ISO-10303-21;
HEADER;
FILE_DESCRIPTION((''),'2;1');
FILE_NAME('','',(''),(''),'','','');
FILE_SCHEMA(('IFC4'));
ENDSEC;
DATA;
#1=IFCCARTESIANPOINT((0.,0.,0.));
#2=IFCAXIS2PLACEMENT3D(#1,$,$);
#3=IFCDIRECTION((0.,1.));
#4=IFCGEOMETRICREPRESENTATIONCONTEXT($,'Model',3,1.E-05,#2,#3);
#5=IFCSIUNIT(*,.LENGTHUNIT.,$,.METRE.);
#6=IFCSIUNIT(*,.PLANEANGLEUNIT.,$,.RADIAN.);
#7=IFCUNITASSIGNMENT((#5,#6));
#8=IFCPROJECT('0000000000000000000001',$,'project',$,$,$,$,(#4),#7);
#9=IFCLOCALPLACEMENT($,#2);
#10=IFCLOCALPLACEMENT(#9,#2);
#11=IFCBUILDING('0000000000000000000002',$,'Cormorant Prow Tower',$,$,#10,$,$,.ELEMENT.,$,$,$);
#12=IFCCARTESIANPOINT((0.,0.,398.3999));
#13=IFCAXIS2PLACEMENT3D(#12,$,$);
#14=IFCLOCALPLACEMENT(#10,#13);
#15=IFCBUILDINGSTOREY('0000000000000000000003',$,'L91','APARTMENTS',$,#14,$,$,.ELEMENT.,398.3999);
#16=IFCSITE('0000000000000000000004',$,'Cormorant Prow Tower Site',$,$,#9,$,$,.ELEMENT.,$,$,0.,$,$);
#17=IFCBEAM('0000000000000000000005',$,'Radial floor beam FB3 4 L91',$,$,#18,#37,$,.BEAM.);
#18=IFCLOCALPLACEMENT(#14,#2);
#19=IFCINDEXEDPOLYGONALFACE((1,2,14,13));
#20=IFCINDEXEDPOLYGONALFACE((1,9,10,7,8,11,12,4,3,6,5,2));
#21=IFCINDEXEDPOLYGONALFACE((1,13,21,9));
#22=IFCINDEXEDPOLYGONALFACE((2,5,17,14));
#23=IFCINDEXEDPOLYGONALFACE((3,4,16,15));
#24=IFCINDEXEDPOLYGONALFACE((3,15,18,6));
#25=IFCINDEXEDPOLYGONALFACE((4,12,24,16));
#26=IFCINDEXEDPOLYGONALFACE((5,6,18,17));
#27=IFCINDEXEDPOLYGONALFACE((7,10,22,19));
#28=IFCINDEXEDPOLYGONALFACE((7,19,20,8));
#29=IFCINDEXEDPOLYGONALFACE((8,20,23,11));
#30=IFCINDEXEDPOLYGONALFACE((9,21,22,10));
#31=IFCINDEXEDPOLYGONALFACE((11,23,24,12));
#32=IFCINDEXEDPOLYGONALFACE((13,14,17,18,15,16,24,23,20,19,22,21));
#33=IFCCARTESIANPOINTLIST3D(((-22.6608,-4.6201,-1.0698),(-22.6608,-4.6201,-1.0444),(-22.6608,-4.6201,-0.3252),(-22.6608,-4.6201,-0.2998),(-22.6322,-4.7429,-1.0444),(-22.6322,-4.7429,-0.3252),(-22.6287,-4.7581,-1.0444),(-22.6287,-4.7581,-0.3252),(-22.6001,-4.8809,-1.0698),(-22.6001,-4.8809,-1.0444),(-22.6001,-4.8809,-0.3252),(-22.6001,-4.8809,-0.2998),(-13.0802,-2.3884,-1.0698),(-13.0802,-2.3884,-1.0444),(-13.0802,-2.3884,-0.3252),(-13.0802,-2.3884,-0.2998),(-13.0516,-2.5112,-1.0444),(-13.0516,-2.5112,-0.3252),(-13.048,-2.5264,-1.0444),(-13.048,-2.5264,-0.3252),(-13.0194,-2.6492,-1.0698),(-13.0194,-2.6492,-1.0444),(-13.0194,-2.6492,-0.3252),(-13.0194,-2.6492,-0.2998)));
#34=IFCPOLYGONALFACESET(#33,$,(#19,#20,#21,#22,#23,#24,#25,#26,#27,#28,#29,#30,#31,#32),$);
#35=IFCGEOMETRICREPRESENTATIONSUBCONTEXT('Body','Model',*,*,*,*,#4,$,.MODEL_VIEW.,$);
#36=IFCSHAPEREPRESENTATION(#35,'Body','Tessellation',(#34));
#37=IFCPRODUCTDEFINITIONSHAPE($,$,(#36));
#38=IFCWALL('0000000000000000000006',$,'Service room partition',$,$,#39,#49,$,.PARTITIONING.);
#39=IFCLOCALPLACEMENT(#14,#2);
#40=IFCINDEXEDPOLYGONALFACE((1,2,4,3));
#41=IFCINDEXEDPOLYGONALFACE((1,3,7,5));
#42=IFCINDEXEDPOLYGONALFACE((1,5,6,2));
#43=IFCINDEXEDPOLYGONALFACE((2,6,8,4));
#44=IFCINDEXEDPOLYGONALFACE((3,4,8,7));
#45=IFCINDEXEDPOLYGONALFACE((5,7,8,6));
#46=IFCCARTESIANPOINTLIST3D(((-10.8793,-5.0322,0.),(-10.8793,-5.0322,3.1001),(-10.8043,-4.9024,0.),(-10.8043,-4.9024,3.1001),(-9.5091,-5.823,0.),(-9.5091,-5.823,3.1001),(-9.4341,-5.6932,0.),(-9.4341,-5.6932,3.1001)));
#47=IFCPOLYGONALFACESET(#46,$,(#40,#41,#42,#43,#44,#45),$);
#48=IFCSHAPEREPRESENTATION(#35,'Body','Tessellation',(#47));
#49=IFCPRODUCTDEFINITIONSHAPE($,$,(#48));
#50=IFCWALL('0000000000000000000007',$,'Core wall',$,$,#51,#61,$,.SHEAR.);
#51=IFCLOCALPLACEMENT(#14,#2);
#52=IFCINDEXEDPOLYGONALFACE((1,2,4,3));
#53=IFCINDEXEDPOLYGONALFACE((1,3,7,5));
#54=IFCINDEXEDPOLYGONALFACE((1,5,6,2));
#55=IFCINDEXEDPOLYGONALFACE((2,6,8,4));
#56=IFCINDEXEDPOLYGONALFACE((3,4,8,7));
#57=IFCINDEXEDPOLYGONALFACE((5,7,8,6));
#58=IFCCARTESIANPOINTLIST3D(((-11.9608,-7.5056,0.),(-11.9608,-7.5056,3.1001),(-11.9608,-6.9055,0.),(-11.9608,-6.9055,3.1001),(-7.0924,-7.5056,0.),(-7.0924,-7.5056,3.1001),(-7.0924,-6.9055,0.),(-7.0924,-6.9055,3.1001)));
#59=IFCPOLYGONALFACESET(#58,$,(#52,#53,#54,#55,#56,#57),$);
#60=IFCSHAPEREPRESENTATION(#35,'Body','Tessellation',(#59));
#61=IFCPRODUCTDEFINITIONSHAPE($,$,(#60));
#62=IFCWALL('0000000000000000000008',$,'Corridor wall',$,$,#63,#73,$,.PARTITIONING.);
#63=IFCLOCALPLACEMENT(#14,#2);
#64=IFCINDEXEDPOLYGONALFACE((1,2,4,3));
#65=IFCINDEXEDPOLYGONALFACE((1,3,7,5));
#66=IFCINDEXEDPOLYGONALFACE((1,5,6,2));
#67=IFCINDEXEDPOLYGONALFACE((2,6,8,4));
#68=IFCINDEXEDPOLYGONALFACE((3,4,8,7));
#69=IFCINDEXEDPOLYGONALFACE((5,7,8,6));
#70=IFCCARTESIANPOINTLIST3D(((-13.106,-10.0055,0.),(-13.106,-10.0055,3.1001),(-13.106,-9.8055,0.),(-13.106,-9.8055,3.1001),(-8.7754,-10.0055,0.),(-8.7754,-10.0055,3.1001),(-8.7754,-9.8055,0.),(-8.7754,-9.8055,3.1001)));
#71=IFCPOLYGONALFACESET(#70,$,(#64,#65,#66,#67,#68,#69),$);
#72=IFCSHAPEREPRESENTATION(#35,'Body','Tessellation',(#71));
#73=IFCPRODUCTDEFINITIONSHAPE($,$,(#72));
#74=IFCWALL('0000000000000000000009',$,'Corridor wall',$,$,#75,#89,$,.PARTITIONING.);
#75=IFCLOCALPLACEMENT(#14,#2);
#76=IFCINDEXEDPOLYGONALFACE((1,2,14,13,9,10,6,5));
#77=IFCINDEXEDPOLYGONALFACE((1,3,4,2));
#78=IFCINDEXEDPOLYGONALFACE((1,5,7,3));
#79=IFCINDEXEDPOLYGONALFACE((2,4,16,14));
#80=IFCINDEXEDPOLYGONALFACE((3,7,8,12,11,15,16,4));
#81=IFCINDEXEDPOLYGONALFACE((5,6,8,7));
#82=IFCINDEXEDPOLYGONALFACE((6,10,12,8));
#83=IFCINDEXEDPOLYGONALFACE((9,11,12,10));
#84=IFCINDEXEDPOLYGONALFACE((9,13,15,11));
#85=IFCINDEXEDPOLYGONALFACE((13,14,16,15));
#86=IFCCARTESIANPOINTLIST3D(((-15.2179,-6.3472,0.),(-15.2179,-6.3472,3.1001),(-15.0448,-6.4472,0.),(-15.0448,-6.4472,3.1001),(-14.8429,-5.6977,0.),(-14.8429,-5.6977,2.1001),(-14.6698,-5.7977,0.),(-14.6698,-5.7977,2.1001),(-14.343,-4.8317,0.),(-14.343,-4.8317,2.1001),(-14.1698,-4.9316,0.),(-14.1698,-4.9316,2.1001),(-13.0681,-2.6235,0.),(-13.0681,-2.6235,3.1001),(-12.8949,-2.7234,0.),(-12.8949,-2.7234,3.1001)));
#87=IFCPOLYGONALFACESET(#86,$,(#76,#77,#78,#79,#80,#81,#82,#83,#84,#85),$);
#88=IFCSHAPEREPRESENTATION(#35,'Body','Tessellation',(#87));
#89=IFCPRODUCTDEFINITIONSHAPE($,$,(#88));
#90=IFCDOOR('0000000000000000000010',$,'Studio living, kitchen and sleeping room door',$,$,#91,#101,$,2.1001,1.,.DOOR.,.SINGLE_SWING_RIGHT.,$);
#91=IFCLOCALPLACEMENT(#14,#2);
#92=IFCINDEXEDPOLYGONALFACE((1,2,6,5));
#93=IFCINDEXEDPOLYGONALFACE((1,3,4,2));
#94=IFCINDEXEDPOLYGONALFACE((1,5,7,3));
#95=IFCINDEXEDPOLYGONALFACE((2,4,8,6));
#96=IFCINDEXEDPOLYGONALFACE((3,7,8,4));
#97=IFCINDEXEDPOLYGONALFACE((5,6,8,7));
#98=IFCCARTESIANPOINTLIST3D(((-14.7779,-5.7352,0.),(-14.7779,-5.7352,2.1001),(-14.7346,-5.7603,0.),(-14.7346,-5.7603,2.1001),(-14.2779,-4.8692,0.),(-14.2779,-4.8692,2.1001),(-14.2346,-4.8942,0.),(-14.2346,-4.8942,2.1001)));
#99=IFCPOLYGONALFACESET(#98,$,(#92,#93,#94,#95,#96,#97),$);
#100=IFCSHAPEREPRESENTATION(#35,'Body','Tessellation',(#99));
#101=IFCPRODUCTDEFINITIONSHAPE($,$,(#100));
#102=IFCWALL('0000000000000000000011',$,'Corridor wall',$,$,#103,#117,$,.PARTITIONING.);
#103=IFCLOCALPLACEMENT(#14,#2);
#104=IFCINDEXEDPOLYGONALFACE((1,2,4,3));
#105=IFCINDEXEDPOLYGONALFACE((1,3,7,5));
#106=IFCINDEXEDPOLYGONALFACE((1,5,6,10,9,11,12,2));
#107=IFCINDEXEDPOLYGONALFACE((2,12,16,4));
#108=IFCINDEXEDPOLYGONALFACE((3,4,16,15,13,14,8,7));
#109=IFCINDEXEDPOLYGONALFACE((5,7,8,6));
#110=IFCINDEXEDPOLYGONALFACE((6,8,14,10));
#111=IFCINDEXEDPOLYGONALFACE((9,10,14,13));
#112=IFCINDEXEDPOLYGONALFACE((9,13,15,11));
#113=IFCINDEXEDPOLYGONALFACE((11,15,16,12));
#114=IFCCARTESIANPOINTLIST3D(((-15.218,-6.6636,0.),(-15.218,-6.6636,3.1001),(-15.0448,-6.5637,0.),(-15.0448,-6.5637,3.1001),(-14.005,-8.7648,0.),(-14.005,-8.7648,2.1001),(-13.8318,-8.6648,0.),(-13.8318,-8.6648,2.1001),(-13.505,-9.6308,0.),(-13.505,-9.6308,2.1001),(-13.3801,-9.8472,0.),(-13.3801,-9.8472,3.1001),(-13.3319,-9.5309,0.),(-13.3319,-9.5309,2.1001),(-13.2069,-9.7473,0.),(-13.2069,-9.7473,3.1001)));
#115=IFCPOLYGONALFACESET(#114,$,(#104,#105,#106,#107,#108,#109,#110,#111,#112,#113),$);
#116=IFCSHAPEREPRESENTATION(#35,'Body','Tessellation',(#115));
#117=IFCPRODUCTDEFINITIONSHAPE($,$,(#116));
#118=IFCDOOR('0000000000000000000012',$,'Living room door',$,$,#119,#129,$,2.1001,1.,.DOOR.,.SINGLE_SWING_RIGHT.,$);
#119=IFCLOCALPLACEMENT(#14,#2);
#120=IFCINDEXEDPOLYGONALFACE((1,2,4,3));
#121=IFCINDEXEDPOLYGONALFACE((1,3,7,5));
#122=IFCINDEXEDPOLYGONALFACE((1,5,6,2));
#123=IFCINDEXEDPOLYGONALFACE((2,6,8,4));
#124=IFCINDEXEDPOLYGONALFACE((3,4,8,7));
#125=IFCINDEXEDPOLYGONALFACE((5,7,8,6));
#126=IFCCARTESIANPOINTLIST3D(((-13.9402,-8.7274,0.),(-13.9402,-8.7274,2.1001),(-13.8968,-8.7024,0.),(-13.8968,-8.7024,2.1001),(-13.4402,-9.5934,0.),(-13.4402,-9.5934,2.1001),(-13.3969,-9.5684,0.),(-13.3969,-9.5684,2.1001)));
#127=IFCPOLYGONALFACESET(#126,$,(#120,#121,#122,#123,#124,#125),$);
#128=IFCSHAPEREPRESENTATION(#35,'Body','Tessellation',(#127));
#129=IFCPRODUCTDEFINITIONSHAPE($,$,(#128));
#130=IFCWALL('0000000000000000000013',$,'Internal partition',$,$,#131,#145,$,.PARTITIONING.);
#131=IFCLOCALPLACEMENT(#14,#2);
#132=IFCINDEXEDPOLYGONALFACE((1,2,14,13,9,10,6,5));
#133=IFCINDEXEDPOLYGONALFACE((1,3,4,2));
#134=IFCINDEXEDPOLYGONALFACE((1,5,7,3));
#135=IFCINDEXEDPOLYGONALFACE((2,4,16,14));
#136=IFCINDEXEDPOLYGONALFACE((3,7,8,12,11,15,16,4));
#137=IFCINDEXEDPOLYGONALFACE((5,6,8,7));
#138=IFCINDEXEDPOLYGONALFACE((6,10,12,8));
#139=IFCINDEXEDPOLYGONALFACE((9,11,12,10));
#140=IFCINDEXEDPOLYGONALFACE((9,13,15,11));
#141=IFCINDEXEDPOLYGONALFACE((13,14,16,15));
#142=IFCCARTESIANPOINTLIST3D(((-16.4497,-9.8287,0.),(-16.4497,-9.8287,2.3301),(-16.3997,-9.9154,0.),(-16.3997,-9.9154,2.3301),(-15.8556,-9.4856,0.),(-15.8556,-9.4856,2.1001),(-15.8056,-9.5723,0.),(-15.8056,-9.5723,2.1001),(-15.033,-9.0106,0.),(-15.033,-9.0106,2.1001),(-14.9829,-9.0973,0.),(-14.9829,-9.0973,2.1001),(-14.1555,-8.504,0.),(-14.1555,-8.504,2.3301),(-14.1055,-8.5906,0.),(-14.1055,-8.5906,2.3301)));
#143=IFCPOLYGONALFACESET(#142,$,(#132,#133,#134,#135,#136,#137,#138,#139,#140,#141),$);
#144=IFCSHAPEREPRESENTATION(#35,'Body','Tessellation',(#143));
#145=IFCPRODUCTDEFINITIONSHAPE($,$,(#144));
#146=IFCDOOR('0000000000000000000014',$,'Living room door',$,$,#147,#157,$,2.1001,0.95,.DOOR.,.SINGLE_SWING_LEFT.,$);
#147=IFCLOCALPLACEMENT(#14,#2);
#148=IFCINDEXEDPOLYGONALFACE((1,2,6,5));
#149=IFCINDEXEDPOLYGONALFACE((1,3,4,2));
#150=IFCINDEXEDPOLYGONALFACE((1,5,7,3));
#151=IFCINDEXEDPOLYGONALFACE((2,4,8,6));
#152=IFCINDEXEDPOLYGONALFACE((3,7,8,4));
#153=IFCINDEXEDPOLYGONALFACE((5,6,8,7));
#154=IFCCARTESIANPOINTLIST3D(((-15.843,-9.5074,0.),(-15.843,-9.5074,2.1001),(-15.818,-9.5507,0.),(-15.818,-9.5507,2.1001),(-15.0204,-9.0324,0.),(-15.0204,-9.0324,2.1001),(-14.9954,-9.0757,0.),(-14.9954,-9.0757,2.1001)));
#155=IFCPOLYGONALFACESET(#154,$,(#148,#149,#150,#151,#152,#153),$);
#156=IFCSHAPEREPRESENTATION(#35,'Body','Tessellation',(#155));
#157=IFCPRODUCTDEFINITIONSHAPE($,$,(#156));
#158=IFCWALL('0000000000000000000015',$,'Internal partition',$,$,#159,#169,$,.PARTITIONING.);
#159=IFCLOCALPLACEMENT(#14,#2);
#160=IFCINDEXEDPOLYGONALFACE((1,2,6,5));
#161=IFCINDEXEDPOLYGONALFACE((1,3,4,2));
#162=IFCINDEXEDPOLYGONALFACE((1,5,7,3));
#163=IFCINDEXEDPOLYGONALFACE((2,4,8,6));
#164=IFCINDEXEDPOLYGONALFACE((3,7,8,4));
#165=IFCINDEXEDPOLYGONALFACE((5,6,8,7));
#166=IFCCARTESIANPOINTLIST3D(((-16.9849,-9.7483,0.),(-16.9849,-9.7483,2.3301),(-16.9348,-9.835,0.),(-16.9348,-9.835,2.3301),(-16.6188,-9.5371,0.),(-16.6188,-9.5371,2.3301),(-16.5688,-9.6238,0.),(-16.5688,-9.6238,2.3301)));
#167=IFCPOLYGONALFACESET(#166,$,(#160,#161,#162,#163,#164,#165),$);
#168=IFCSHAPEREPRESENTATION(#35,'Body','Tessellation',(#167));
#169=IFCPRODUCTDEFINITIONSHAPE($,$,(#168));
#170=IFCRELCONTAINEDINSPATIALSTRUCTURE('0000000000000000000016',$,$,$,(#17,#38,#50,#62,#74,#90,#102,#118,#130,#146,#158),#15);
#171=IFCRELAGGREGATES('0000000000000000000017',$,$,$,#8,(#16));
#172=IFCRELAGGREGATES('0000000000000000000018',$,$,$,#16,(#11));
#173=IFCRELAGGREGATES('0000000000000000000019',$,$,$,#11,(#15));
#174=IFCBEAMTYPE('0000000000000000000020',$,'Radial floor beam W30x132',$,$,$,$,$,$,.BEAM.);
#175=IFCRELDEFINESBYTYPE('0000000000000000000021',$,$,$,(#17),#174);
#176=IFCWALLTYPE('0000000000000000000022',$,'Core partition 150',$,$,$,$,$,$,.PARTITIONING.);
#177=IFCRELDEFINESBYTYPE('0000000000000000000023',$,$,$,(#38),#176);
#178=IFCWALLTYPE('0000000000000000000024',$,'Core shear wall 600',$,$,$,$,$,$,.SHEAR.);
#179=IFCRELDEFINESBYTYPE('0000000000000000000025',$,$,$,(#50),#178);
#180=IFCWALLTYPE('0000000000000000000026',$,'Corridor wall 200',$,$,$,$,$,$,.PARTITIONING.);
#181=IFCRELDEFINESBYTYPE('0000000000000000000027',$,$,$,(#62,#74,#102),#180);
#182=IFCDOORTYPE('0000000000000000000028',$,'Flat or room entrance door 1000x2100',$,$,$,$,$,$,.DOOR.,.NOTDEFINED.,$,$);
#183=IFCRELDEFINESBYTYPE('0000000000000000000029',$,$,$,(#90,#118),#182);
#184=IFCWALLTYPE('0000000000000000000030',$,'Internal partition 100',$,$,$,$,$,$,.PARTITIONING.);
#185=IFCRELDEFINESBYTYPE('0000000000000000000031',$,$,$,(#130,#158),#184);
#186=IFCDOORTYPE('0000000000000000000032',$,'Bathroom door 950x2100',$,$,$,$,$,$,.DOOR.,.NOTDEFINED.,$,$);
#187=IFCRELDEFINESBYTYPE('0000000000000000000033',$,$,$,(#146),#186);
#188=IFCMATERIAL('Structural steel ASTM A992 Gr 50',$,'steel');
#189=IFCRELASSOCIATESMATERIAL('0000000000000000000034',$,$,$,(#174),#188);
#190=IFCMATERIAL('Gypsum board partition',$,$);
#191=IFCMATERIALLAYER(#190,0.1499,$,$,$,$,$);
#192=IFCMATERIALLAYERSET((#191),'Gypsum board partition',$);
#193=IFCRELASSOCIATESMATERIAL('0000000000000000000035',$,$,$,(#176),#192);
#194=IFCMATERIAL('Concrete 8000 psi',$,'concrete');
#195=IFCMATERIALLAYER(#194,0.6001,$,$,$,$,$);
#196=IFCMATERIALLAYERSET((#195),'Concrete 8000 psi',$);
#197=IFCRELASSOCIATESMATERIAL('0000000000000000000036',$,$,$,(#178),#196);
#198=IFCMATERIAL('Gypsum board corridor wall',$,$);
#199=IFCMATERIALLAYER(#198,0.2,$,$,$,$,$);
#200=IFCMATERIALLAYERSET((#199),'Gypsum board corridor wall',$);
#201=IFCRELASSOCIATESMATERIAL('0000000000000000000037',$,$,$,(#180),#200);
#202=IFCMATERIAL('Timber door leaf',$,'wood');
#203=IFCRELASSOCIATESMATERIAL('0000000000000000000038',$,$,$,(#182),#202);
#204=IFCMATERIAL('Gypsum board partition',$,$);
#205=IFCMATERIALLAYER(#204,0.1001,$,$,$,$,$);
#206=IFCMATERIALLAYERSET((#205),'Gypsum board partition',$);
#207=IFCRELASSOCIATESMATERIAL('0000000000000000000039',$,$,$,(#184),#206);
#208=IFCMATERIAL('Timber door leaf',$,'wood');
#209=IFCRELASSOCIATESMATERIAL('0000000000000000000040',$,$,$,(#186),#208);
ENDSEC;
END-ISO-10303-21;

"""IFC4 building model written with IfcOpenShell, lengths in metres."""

from ifc_helpers import new_model, si_unit, direction, frame, frame_2d, origin, origin_2d, place, context, subcontext, project, spatial, rectangle, i_section, extrude, material, layer, layer_set, material_profile, profile_set, type_object, element, fill, save


model = new_model("IFC4")

# Units and contexts
model_context = context("Model", 3, precision=1e-05, world=origin(), true_north=direction((0.0, 1.0)))
body_context = subcontext(model_context, "Body", "Model", "MODEL_VIEW")
ifc_project = project(units=[si_unit("LENGTHUNIT", "METRE"), si_unit("PLANEANGLEUNIT", "RADIAN")], contexts=[model_context])

# Site, building, storey
site_placement = place(None, origin())
site = spatial("IfcSite", under=ifc_project, at=site_placement, Name="Cormorant Prow Tower Site", CompositionType="ELEMENT", RefElevation=0.0)
building_placement = place(site_placement, origin())
building = spatial("IfcBuilding", under=site, at=building_placement, Name="Cormorant Prow Tower", CompositionType="ELEMENT")
storey_placement = place(building_placement, frame((0.0, 0.0, 398.3999)))
storey = spatial("IfcBuildingStorey", under=building, at=storey_placement, Name="L91", Description="APARTMENTS", CompositionType="ELEMENT", Elevation=398.3999)

# Beam
ifc_material_1 = material(Name="Structural steel ASTM A992 Gr 50", Category="steel")
ifc_material_profile = material_profile(ifc_material_1, i_section(OverallWidth=0.2678, OverallDepth=0.77, WebThickness=0.0156, FlangeThickness=0.0254, at=origin_2d()), Name="W30x132")
ifc_profile_set = profile_set([ifc_material_profile], Name="Structural steel ASTM A992 Gr 50")
beam_type = type_object("IfcBeamType", Name="Radial floor beam W30x132", PredefinedType="BEAM", material=ifc_profile_set)
beam_placement = place(storey_placement, frame((-13.0498, -2.5188, -0.6848), z_axis=(-0.973926, -0.226866, 0.0), x_axis=(0.226866, -0.973926, 0.0)))
element("IfcBeam", 1, at=beam_placement, inside=storey, type_object=beam_type, Name="Radial floor beam FB3 4 L91", PredefinedType="BEAM", context=body_context, shape_type="SweptSolid", body=[
    extrude(i_section(OverallWidth=0.2678, OverallDepth=0.77, WebThickness=0.0156, FlangeThickness=0.0254, at=origin_2d()), origin(), (0.0, 0.0, 1.0), 9.8372),
])

# Walls
ifc_material_2 = material(Name="Gypsum board partition")
ifc_layer_1 = layer(ifc_material_2, 0.1499)
ifc_layer_set_1 = layer_set([ifc_layer_1], Name="Gypsum board partition")
wall_type_1 = type_object("IfcWallType", Name="Core partition 150", PredefinedType="PARTITIONING", material=ifc_layer_set_1)
wall_1_placement = place(storey_placement, frame((-10.8418, -4.9673, 0.0), z_axis=(0.0, 0.0, 1.0), x_axis=(0.866098, -0.499874, 0.0)))
element("IfcWall", 2, at=wall_1_placement, inside=storey, type_object=wall_type_1, Name="Service room partition", PredefinedType="PARTITIONING", context=body_context, shape_type="SweptSolid", body=[
    extrude(rectangle(XDim=1.582, YDim=0.1499, at=frame_2d((0.791, 0.0))), origin(), (0.0, 0.0, 1.0), 3.1001),
])
ifc_material_3 = material(Name="Concrete 8000 psi", Category="concrete")
ifc_layer_2 = layer(ifc_material_3, 0.6001)
ifc_layer_set_2 = layer_set([ifc_layer_2], Name="Concrete 8000 psi")
wall_type_2 = type_object("IfcWallType", Name="Core shear wall 600", PredefinedType="SHEAR", material=ifc_layer_set_2)
wall_2_placement = place(storey_placement, frame((-11.9607, -7.2056, 0.0), z_axis=(0.0, 0.0, 1.0), x_axis=(1.0, 0.0, 0.0)))
element("IfcWall", 3, at=wall_2_placement, inside=storey, type_object=wall_type_2, Name="Core wall", PredefinedType="SHEAR", context=body_context, shape_type="SweptSolid", body=[
    extrude(rectangle(XDim=4.8684, YDim=0.6001, at=frame_2d((2.4341, 0.0))), origin(), (0.0, 0.0, 1.0), 3.1001),
])
ifc_material_4 = material(Name="Gypsum board corridor wall")
ifc_layer_3 = layer(ifc_material_4, 0.2)
ifc_layer_set_3 = layer_set([ifc_layer_3], Name="Gypsum board corridor wall")
wall_type_3 = type_object("IfcWallType", Name="Corridor wall 200", PredefinedType="PARTITIONING", material=ifc_layer_set_3)
wall_3_placement = place(storey_placement, frame((-13.106, -9.9055, 0.0), z_axis=(0.0, 0.0, 1.0), x_axis=(1.0, 0.0, 0.0)))
element("IfcWall", 4, at=wall_3_placement, inside=storey, type_object=wall_type_3, Name="Corridor wall", PredefinedType="PARTITIONING", context=body_context, shape_type="SweptSolid", body=[
    extrude(rectangle(XDim=4.3306, YDim=0.2, at=frame_2d((2.1653, 0.0))), origin(), (0.0, 0.0, 1.0), 3.1001),
])

# Walls, openings, doors
wall_4_placement = place(storey_placement, frame((-15.1313, -6.3972, 0.0), z_axis=(0.0, 0.0, 1.0), x_axis=(0.499986, 0.866033, 0.0)))
wall_4 = element("IfcWall", 5, at=wall_4_placement, inside=storey, type_object=wall_type_3, Name="Corridor wall", PredefinedType="PARTITIONING", context=body_context, shape_type="SweptSolid", body=[
    extrude(rectangle(XDim=4.2998, YDim=0.2, at=frame_2d((2.1499, 0.0))), origin(), (0.0, 0.0, 1.0), 3.1001),
])
opening_1_placement = place(wall_4_placement, frame((0.75, 0.0, 0.0)))
opening_1 = element("IfcOpeningElement", 6, at=opening_1_placement, cuts=wall_4, PredefinedType="OPENING", context=body_context, shape_type="SweptSolid", body=[
    extrude(rectangle(XDim=1.0, YDim=2.1001, at=frame_2d((0.5, 1.05))), frame((0.0, 0.1099, 0.0), z_axis=(0.0, -1.0, 0.0), x_axis=(1.0, 0.0, 0.0)), (0.0, 0.0, 1.0), 0.22),
])
ifc_material_5 = material(Name="Timber door leaf", Category="wood")
door_type_1 = type_object("IfcDoorType", Name="Flat or room entrance door 1000x2100", OperationType="NOTDEFINED", PredefinedType="DOOR", material=ifc_material_5)
door_1_placement = place(opening_1_placement, origin())
door_1 = element("IfcDoor", 7, at=door_1_placement, inside=storey, type_object=door_type_1, Name="Studio living, kitchen and sleeping room door", OperationType="SINGLE_SWING_RIGHT", OverallHeight=2.1001, OverallWidth=1.0, PredefinedType="DOOR", context=body_context, shape_type="SweptSolid", body=[
    extrude(rectangle(XDim=1.0, YDim=2.1001, at=frame_2d((0.5, 1.05))), frame((0.0, 0.0249, 0.0), z_axis=(0.0, -1.0, 0.0), x_axis=(1.0, 0.0, 0.0)), (0.0, 0.0, 1.0), 0.05),
])
fill(opening_1, door_1)
wall_5_placement = place(storey_placement, frame((-15.1313, -6.6138, 0.0), z_axis=(0.0, 0.0, 1.0), x_axis=(0.499968, -0.866044, 0.0)))
wall_5 = element("IfcWall", 8, at=wall_5_placement, inside=storey, type_object=wall_type_3, Name="Corridor wall", PredefinedType="PARTITIONING", context=body_context, shape_type="SweptSolid", body=[
    extrude(rectangle(XDim=3.676, YDim=0.2, at=frame_2d((1.8379, 0.0))), origin(), (0.0, 0.0, 1.0), 3.1001),
])
opening_2_placement = place(wall_5_placement, frame((2.426, 0.0, 0.0)))
opening_2 = element("IfcOpeningElement", 9, at=opening_2_placement, cuts=wall_5, PredefinedType="OPENING", context=body_context, shape_type="SweptSolid", body=[
    extrude(rectangle(XDim=1.0, YDim=2.1001, at=frame_2d((0.5, 1.05))), frame((0.0, 0.1099, 0.0), z_axis=(0.0, -1.0, 0.0), x_axis=(1.0, 0.0, 0.0)), (0.0, 0.0, 1.0), 0.22),
])
door_2_placement = place(opening_2_placement, origin())
door_2 = element("IfcDoor", 10, at=door_2_placement, inside=storey, type_object=door_type_1, Name="Living room door", OperationType="SINGLE_SWING_RIGHT", OverallHeight=2.1001, OverallWidth=1.0, PredefinedType="DOOR", context=body_context, shape_type="SweptSolid", body=[
    extrude(rectangle(XDim=1.0, YDim=2.1001, at=frame_2d((0.5, 1.05))), frame((0.0, 0.0249, 0.0), z_axis=(0.0, -1.0, 0.0), x_axis=(1.0, 0.0, 0.0)), (0.0, 0.0, 1.0), 0.05),
])
fill(opening_2, door_2)
ifc_material_6 = material(Name="Gypsum board partition")
ifc_layer_4 = layer(ifc_material_6, 0.1001)
ifc_layer_set_4 = layer_set([ifc_layer_4], Name="Gypsum board partition")
wall_type_4 = type_object("IfcWallType", Name="Internal partition 100", PredefinedType="PARTITIONING", material=ifc_layer_set_4)
wall_6_placement = place(storey_placement, frame((-16.4248, -9.8721, 0.0), z_axis=(0.0, 0.0, 1.0), x_axis=(0.866, 0.500044, 0.0)))
wall_6 = element("IfcWall", 11, at=wall_6_placement, inside=storey, type_object=wall_type_4, Name="Internal partition", PredefinedType="PARTITIONING", context=body_context, shape_type="SweptSolid", body=[
    extrude(rectangle(XDim=2.6492, YDim=0.1001, at=frame_2d((1.3247, 0.0))), origin(), (0.0, 0.0, 1.0), 2.3301),
])
opening_3_placement = place(wall_6_placement, frame((0.686, 0.0, 0.0)))
opening_3 = element("IfcOpeningElement", 12, at=opening_3_placement, cuts=wall_6, PredefinedType="OPENING", context=body_context, shape_type="SweptSolid", body=[
    extrude(rectangle(XDim=0.95, YDim=2.1001, at=frame_2d((0.4751, 1.05))), frame((0.0, 0.0601, 0.0), z_axis=(0.0, -1.0, 0.0), x_axis=(1.0, 0.0, 0.0)), (0.0, 0.0, 1.0), 0.1201),
])
ifc_material_7 = material(Name="Timber door leaf", Category="wood")
door_type_2 = type_object("IfcDoorType", Name="Bathroom door 950x2100", OperationType="NOTDEFINED", PredefinedType="DOOR", material=ifc_material_7)
door_3_placement = place(opening_3_placement, origin())
door_3 = element("IfcDoor", 13, at=door_3_placement, inside=storey, type_object=door_type_2, Name="Living room door", OperationType="SINGLE_SWING_LEFT", OverallHeight=2.1001, OverallWidth=0.95, PredefinedType="DOOR", context=body_context, shape_type="SweptSolid", body=[
    extrude(rectangle(XDim=0.95, YDim=2.1001, at=frame_2d((0.4751, 1.05))), frame((0.0, 0.0249, 0.0), z_axis=(0.0, -1.0, 0.0), x_axis=(1.0, 0.0, 0.0)), (0.0, 0.0, 1.0), 0.05),
])
fill(opening_3, door_3)

# Wall
wall_7_placement = place(storey_placement, frame((-16.96, -9.7917, 0.0), z_axis=(0.0, 0.0, 1.0), x_axis=(0.866137, 0.499806, 0.0)))
element("IfcWall", 14, at=wall_7_placement, inside=storey, type_object=wall_type_4, Name="Internal partition", PredefinedType="PARTITIONING", context=body_context, shape_type="SweptSolid", body=[
    extrude(rectangle(XDim=0.4226, YDim=0.1001, at=frame_2d((0.2114, 0.0))), origin(), (0.0, 0.0, 1.0), 2.3301),
])

save(model, "model.ifc")
